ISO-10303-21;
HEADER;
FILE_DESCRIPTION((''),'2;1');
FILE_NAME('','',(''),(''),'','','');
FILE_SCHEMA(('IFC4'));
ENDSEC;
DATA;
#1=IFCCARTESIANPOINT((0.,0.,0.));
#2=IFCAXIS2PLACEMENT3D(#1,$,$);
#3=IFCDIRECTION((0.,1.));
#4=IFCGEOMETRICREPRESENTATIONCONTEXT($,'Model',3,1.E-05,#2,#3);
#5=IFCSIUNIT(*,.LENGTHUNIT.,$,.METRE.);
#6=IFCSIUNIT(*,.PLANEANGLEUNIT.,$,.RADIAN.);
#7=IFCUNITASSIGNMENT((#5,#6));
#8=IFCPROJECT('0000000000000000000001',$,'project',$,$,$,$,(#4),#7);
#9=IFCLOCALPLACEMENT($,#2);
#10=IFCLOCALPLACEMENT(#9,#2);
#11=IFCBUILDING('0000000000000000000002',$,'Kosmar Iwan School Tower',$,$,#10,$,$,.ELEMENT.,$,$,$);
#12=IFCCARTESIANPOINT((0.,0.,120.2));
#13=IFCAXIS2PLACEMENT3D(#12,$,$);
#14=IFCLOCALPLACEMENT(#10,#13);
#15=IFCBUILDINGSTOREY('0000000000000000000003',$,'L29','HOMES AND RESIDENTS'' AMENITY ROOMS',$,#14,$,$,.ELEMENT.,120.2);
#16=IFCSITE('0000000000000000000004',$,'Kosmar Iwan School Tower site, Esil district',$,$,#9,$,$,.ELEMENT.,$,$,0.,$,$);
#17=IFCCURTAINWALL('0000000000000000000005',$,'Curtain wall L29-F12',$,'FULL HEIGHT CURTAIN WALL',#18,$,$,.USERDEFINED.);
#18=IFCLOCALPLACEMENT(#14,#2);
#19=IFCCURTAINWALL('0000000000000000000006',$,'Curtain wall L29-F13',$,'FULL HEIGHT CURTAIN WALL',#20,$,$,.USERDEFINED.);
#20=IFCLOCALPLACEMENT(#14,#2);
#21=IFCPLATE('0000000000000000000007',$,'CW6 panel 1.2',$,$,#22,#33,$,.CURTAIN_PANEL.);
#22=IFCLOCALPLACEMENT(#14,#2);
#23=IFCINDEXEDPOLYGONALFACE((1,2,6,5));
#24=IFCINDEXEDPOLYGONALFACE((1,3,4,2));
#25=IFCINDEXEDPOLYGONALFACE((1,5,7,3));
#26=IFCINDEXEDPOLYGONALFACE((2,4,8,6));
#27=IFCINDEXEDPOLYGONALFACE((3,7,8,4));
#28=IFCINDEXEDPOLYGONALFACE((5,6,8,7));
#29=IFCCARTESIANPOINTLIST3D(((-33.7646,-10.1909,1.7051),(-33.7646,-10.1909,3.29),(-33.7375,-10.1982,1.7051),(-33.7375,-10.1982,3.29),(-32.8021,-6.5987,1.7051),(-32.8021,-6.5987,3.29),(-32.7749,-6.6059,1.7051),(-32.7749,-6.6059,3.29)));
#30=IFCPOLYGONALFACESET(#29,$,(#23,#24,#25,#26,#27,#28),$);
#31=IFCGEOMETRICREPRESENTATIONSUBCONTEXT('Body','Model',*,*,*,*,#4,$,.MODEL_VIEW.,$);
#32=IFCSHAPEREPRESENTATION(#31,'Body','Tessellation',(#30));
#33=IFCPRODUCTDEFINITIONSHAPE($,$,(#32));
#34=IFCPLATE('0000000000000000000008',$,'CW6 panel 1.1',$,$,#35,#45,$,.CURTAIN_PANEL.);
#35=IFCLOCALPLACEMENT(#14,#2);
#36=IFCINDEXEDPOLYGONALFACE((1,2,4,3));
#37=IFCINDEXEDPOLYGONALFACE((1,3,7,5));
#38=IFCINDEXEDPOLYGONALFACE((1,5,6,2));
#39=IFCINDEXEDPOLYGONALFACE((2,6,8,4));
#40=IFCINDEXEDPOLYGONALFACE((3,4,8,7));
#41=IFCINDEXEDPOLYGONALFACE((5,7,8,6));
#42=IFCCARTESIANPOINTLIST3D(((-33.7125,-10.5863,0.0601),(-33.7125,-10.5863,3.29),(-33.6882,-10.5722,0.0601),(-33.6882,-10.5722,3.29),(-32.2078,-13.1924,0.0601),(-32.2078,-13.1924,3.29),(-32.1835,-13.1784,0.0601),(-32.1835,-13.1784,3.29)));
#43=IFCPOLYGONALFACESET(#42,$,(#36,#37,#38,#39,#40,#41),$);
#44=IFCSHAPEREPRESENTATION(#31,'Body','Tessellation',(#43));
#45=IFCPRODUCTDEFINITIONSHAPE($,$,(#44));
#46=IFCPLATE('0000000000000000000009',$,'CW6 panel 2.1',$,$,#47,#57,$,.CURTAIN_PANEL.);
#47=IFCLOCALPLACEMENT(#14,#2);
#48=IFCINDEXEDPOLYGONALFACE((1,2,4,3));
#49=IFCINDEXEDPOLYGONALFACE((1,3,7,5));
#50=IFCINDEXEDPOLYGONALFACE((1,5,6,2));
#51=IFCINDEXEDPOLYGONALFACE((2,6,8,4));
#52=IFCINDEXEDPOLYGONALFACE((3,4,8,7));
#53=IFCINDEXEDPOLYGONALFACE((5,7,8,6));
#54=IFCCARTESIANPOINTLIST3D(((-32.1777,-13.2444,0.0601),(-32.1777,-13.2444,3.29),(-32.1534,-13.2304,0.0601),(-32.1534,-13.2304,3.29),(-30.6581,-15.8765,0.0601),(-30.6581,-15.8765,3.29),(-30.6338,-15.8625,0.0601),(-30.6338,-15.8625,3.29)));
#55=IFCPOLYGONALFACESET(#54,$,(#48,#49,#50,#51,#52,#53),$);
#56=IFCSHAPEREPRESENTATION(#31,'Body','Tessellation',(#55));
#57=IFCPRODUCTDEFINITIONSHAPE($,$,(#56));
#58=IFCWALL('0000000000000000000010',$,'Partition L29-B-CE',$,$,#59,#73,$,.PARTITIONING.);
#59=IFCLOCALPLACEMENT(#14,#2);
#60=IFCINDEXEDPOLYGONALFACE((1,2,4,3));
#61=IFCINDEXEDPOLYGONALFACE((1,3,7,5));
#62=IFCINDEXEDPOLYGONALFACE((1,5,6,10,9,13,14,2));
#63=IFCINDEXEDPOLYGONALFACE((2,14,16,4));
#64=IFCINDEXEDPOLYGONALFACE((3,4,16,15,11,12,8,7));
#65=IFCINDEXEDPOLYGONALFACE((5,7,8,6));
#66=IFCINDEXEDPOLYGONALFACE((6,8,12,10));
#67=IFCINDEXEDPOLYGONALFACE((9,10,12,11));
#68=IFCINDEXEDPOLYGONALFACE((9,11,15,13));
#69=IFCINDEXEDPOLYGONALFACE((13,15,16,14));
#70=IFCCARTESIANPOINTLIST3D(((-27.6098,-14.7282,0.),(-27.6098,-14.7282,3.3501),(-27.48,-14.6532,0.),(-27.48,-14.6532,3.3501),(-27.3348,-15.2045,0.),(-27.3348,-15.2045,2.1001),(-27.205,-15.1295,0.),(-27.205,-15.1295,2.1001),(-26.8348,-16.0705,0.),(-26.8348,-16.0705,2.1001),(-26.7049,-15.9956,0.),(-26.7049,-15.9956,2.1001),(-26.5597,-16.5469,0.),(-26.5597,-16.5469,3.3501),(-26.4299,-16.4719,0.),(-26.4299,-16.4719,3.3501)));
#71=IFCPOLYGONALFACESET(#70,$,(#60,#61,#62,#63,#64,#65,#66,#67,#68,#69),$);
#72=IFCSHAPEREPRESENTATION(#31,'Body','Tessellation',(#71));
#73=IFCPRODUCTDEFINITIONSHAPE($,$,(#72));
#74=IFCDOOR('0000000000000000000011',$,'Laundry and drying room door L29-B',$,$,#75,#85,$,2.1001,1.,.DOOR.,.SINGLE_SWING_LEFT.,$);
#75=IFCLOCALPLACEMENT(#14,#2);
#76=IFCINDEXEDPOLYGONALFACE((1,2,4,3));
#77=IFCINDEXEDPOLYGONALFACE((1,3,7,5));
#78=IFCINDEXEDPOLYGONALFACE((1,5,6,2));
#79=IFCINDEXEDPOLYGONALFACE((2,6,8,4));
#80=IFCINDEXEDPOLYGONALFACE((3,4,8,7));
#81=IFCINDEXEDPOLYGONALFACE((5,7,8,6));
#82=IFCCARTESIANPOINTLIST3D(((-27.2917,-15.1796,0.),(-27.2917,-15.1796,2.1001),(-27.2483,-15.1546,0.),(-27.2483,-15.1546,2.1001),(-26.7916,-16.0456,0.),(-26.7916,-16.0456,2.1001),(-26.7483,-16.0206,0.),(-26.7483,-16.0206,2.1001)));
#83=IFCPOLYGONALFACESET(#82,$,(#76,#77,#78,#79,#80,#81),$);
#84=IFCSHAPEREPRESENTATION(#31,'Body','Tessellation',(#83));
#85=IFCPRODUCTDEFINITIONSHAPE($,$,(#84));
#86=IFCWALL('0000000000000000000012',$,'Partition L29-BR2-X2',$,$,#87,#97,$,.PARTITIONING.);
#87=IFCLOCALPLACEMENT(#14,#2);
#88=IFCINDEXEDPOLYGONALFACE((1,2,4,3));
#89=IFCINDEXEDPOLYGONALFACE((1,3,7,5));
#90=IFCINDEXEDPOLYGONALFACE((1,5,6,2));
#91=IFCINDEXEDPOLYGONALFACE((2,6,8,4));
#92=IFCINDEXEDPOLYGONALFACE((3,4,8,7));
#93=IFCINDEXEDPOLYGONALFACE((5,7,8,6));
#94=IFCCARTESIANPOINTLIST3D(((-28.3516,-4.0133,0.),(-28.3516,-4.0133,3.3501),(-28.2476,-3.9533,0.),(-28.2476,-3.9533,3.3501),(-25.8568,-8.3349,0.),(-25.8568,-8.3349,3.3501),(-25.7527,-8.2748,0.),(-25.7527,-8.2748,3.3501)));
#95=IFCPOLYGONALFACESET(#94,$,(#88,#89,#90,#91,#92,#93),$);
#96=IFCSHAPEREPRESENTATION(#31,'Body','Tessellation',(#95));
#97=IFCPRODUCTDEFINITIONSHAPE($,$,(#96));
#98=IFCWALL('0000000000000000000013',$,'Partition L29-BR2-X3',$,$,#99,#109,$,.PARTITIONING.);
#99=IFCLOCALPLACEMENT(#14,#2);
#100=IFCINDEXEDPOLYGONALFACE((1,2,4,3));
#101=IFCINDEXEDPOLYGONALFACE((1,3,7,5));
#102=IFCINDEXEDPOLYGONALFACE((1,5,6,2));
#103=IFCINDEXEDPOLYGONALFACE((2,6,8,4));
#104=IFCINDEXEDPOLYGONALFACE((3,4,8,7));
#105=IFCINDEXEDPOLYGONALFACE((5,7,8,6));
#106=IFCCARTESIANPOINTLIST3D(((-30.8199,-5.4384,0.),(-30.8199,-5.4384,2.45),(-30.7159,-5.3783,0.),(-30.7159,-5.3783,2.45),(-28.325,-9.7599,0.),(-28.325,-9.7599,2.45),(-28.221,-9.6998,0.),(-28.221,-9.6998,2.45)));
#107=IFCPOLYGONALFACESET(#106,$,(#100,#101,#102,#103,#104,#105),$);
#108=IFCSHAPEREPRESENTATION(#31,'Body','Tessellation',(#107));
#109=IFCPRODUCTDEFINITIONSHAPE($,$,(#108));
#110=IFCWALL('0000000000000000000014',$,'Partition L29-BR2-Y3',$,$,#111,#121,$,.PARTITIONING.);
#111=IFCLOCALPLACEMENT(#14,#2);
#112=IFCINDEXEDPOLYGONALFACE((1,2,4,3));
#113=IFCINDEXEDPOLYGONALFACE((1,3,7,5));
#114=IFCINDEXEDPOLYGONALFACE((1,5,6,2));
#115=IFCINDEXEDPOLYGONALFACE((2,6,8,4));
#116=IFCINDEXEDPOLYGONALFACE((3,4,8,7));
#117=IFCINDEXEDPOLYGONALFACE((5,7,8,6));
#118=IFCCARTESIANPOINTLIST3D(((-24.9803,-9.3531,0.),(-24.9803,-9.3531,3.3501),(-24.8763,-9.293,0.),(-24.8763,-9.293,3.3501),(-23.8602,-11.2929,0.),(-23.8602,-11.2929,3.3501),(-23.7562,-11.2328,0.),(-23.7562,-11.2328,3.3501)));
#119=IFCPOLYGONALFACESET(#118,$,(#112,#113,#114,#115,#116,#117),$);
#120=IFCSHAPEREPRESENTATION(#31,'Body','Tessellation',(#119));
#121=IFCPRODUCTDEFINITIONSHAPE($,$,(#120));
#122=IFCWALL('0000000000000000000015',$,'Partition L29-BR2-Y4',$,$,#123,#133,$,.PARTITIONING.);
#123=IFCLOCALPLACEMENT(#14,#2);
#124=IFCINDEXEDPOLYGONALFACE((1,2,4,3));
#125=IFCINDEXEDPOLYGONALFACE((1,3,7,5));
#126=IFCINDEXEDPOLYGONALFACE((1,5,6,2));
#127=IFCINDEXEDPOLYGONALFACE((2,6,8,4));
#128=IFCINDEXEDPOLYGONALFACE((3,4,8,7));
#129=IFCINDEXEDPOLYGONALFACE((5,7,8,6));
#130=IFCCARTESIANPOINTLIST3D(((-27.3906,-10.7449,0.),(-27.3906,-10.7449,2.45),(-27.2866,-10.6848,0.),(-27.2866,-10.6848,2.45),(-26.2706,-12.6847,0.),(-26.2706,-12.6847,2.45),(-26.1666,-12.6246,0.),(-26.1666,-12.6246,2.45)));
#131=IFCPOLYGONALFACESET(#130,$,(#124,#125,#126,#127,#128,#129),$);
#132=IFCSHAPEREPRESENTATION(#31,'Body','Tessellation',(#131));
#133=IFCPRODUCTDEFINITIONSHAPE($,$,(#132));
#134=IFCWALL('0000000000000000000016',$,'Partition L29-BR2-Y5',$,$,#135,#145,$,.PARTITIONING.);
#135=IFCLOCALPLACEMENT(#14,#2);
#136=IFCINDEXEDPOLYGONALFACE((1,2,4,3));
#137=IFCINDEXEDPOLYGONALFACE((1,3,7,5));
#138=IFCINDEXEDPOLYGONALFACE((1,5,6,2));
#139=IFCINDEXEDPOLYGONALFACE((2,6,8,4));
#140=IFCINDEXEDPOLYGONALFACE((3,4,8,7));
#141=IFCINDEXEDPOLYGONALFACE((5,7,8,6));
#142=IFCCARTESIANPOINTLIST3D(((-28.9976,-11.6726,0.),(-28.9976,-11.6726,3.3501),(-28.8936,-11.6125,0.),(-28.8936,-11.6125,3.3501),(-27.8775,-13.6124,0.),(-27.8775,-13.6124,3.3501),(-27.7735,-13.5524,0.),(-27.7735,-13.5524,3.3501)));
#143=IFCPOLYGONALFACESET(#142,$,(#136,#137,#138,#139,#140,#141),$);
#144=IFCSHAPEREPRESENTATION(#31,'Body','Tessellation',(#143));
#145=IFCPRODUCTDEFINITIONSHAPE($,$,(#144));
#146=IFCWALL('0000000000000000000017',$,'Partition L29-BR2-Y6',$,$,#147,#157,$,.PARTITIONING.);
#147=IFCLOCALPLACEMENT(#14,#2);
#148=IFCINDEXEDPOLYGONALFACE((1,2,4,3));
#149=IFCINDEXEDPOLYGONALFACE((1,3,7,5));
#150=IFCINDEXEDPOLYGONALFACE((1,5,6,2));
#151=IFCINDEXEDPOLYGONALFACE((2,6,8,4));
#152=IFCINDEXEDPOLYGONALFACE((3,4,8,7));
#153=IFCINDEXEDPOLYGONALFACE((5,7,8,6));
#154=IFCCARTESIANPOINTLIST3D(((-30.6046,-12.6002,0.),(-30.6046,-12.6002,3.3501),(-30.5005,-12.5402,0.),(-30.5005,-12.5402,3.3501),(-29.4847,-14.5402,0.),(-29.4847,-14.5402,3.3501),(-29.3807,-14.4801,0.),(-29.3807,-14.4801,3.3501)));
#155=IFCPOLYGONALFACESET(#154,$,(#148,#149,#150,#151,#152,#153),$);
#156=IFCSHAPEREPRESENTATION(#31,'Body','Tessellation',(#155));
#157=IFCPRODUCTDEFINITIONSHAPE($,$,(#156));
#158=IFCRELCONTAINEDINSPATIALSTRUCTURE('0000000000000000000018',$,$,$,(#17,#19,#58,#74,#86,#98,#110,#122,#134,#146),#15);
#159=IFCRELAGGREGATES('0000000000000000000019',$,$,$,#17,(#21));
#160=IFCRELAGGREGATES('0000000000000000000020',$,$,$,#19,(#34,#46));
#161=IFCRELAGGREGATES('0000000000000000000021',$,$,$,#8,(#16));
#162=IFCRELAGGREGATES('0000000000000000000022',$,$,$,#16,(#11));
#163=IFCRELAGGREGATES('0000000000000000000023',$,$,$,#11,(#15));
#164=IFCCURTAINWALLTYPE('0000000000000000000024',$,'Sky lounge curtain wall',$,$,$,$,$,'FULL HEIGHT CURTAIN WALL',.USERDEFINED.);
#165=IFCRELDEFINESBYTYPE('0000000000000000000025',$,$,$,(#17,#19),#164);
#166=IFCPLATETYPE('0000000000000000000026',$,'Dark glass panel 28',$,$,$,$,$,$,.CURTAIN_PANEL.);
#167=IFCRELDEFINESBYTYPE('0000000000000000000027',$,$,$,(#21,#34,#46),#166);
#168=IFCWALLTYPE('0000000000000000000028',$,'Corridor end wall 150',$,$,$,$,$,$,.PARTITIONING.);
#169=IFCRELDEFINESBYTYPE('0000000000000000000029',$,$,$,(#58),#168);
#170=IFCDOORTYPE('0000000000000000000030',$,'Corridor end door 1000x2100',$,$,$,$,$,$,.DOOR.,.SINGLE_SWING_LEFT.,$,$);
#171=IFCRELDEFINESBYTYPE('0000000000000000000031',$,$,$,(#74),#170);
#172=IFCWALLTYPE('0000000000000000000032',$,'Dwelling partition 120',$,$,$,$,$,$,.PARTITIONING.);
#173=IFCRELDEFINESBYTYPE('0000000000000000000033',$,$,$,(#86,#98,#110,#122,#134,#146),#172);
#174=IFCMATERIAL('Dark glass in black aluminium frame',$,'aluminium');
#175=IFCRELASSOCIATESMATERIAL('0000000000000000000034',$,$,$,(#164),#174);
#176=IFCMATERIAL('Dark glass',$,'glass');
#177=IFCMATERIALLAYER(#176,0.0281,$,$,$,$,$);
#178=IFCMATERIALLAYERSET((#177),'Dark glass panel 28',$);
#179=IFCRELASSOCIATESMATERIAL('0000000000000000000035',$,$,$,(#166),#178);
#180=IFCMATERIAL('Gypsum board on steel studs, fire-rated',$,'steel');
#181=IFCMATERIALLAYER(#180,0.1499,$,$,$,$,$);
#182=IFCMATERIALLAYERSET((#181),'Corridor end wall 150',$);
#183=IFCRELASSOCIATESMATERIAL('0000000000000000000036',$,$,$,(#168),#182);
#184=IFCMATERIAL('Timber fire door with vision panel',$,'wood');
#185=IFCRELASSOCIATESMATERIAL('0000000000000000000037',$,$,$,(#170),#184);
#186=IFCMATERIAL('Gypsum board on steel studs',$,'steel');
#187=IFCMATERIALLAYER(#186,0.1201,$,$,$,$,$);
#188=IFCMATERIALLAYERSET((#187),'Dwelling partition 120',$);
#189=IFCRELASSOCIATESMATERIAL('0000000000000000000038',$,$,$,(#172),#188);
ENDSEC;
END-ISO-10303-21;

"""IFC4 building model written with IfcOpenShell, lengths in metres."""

from ifc_helpers import new_model, si_unit, direction, frame, frame_2d, origin, origin_2d, place, context, subcontext, project, spatial, rectangle, extrude, material, layer, layer_set, type_object, element, fill, aggregate, save


model = new_model("IFC4")

# Units and contexts
model_context = context("Model", 3, precision=1e-05, world=origin(), true_north=direction((0.0, 1.0)))
body_context = subcontext(model_context, "Body", "Model", "MODEL_VIEW")
ifc_project = project(units=[si_unit("LENGTHUNIT", "METRE"), si_unit("PLANEANGLEUNIT", "RADIAN")], contexts=[model_context])

# Site, building, storey
site_placement = place(None, origin())
site = spatial("IfcSite", under=ifc_project, at=site_placement, Name="Kosmar Iwan School Tower site, Esil district", CompositionType="ELEMENT", RefElevation=0.0)
building_placement = place(site_placement, origin())
building = spatial("IfcBuilding", under=site, at=building_placement, Name="Kosmar Iwan School Tower", CompositionType="ELEMENT")
storey_placement = place(building_placement, frame((0.0, 0.0, 120.2)))
storey = spatial("IfcBuildingStorey", under=building, at=storey_placement, Name="L29", Description="HOMES AND RESIDENTS' AMENITY ROOMS", CompositionType="ELEMENT", Elevation=120.2)

# Curtain wall
ifc_material_1 = material(Name="Dark glass in black aluminium frame", Category="aluminium")
curtain_wall_type = type_object("IfcCurtainWallType", Name="Sky lounge curtain wall", ElementType="FULL HEIGHT CURTAIN WALL", PredefinedType="USERDEFINED", material=ifc_material_1)
curtain_wall_1_placement = place(storey_placement, origin())
curtain_wall_1 = element("IfcCurtainWall", 1, at=curtain_wall_1_placement, inside=storey, type_object=curtain_wall_type, Name="Curtain wall L29-F12", ObjectType="FULL HEIGHT CURTAIN WALL", PredefinedType="USERDEFINED")

# Curtain wall
curtain_wall_2_placement = place(storey_placement, origin())
curtain_wall_2 = element("IfcCurtainWall", 2, at=curtain_wall_2_placement, inside=storey, type_object=curtain_wall_type, Name="Curtain wall L29-F13", ObjectType="FULL HEIGHT CURTAIN WALL", PredefinedType="USERDEFINED")

# Plates
ifc_material_2 = material(Name="Dark glass", Category="glass")
ifc_layer_1 = layer(ifc_material_2, 0.0281)
ifc_layer_set_1 = layer_set([ifc_layer_1], Name="Dark glass panel 28")
plate_type = type_object("IfcPlateType", Name="Dark glass panel 28", PredefinedType="CURTAIN_PANEL", material=ifc_layer_set_1)
plate_1_placement = place(storey_placement, frame((-33.2698, -8.3984, 1.7051), z_axis=(0.0, 0.0, 1.0), x_axis=(-0.258819, -0.965926, 0.0)))
plate_1 = element("IfcPlate", 3, at=plate_1_placement, type_object=plate_type, Name="CW6 panel 1.2", PredefinedType="CURTAIN_PANEL", context=body_context, shape_type="SweptSolid", body=[
    extrude(rectangle(XDim=3.719, YDim=0.0281, at=origin_2d()), origin(), (0.0, 0.0, 1.0), 1.585),
])
aggregate(curtain_wall_1, [plate_1])
plate_2_placement = place(storey_placement, frame((-32.948, -11.8823, 0.0601), z_axis=(0.0, 0.0, 1.0), x_axis=(0.5, -0.866025, 0.0)))
plate_2 = element("IfcPlate", 4, at=plate_2_placement, type_object=plate_type, Name="CW6 panel 1.1", PredefinedType="CURTAIN_PANEL", context=body_context, shape_type="SweptSolid", body=[
    extrude(rectangle(XDim=3.0093, YDim=0.0281, at=origin_2d()), origin(), (0.0, 0.0, 1.0), 3.23),
])
plate_3_placement = place(storey_placement, frame((-31.4058, -14.5535, 0.0601), z_axis=(0.0, 0.0, 1.0), x_axis=(0.5, -0.866025, 0.0)))
plate_3 = element("IfcPlate", 5, at=plate_3_placement, type_object=plate_type, Name="CW6 panel 2.1", PredefinedType="CURTAIN_PANEL", context=body_context, shape_type="SweptSolid", body=[
    extrude(rectangle(XDim=3.0393, YDim=0.0281, at=origin_2d()), origin(), (0.0, 0.0, 1.0), 3.23),
])
aggregate(curtain_wall_2, [plate_2, plate_3])

# Wall, opening, door
ifc_material_3 = material(Name="Gypsum board on steel studs, fire-rated", Category="steel")
ifc_layer_2 = layer(ifc_material_3, 0.1499)
ifc_layer_set_2 = layer_set([ifc_layer_2], Name="Corridor end wall 150")
wall_type_1 = type_object("IfcWallType", Name="Corridor end wall 150", PredefinedType="PARTITIONING", material=ifc_layer_set_2)
wall_1_placement = place(storey_placement, frame((-27.5449, -14.6907, 0.0), z_axis=(0.0, 0.0, 1.0), x_axis=(0.500028, -0.866009, 0.0)))
wall_1 = element("IfcWall", 6, at=wall_1_placement, inside=storey, type_object=wall_type_1, Name="Partition L29-B-CE", PredefinedType="PARTITIONING", context=body_context, shape_type="SweptSolid", body=[
    extrude(rectangle(XDim=2.1001, YDim=0.1499, at=frame_2d((1.05, 0.0))), origin(), (0.0, 0.0, 1.0), 3.3501),
])
opening_placement = place(wall_1_placement, frame((0.55, 0.0, 0.0)))
opening = element("IfcOpeningElement", 7, at=opening_placement, cuts=wall_1, PredefinedType="OPENING", context=body_context, shape_type="SweptSolid", body=[
    extrude(rectangle(XDim=1.0, YDim=2.1001, at=frame_2d((0.5, 1.05))), frame((0.0, 0.0869, 0.0), z_axis=(0.0, -1.0, 0.0), x_axis=(1.0, 0.0, 0.0)), (0.0, 0.0, 1.0), 0.1738),
])
ifc_material_4 = material(Name="Timber fire door with vision panel", Category="wood")
door_type = type_object("IfcDoorType", Name="Corridor end door 1000x2100", OperationType="SINGLE_SWING_LEFT", PredefinedType="DOOR", material=ifc_material_4)
door_placement = place(opening_placement, origin())
door = element("IfcDoor", 8, at=door_placement, inside=storey, type_object=door_type, Name="Laundry and drying room door L29-B", OperationType="SINGLE_SWING_LEFT", OverallHeight=2.1001, OverallWidth=1.0, PredefinedType="DOOR", context=body_context, shape_type="SweptSolid", body=[
    extrude(rectangle(XDim=1.0, YDim=2.1001, at=frame_2d((0.5, 1.05))), frame((0.0, 0.0249, 0.0), z_axis=(0.0, -1.0, 0.0), x_axis=(1.0, 0.0, 0.0)), (0.0, 0.0, 1.0), 0.05),
])
fill(opening, door)

# Walls
ifc_material_5 = material(Name="Gypsum board on steel studs", Category="steel")
ifc_layer_3 = layer(ifc_material_5, 0.1201)
ifc_layer_set_3 = layer_set([ifc_layer_3], Name="Dwelling partition 120")
wall_type_2 = type_object("IfcWallType", Name="Dwelling partition 120", PredefinedType="PARTITIONING", material=ifc_layer_set_3)
wall_2_placement = place(storey_placement, frame((-25.8047, -8.3049, 0.0), z_axis=(0.0, 0.0, 1.0), x_axis=(-0.499975, 0.86604, 0.0)))
element("IfcWall", 9, at=wall_2_placement, inside=storey, type_object=wall_type_2, Name="Partition L29-BR2-X2", PredefinedType="PARTITIONING", context=body_context, shape_type="SweptSolid", body=[
    extrude(rectangle(XDim=4.99, YDim=0.1201, at=frame_2d((2.4951, 0.0))), origin(), (0.0, 0.0, 1.0), 3.3501),
])
wall_3_placement = place(storey_placement, frame((-28.2729, -9.73, 0.0), z_axis=(0.0, 0.0, 1.0), x_axis=(-0.499975, 0.86604, 0.0)))
element("IfcWall", 10, at=wall_3_placement, inside=storey, type_object=wall_type_2, Name="Partition L29-BR2-X3", PredefinedType="PARTITIONING", context=body_context, shape_type="SweptSolid", body=[
    extrude(rectangle(XDim=4.99, YDim=0.1201, at=frame_2d((2.4951, 0.0))), origin(), (0.0, 0.0, 1.0), 2.45),
])
wall_4_placement = place(storey_placement, frame((-23.8081, -11.2629, 0.0), z_axis=(0.0, 0.0, 1.0), x_axis=(-0.500078, 0.86598, 0.0)))
element("IfcWall", 11, at=wall_4_placement, inside=storey, type_object=wall_type_2, Name="Partition L29-BR2-Y3", PredefinedType="PARTITIONING", context=body_context, shape_type="SweptSolid", body=[
    extrude(rectangle(XDim=2.24, YDim=0.1201, at=frame_2d((1.1201, 0.0))), origin(), (0.0, 0.0, 1.0), 3.3501),
])
wall_5_placement = place(storey_placement, frame((-26.2185, -12.6548, 0.0), z_axis=(0.0, 0.0, 1.0), x_axis=(-0.500031, 0.866008, 0.0)))
element("IfcWall", 12, at=wall_5_placement, inside=storey, type_object=wall_type_2, Name="Partition L29-BR2-Y4", PredefinedType="PARTITIONING", context=body_context, shape_type="SweptSolid", body=[
    extrude(rectangle(XDim=2.24, YDim=0.1201, at=frame_2d((1.1201, 0.0))), origin(), (0.0, 0.0, 1.0), 2.45),
])
for number, where, z_axis, x_axis, name in (
    (13, (-27.8254, -13.5825, 0.0), (0.0, 0.0, 1.0), (-0.500031, 0.866008, 0.0), "Partition L29-BR2-Y5"),
    (14, (-29.4326, -14.5103, 0.0), (0.0, 0.0, 1.0), (-0.499949, 0.866055, 0.0), "Partition L29-BR2-Y6"),
):
    element("IfcWall", number, at=place(storey_placement, frame(where, z_axis=z_axis, x_axis=x_axis)), inside=storey, type_object=wall_type_2, Name=name, PredefinedType="PARTITIONING", context=body_context, shape_type="SweptSolid", body=[
        extrude(rectangle(XDim=2.24, YDim=0.1201, at=frame_2d((1.1201, 0.0))), origin(), (0.0, 0.0, 1.0), 3.3501),
    ])

save(model, "model.ifc")
